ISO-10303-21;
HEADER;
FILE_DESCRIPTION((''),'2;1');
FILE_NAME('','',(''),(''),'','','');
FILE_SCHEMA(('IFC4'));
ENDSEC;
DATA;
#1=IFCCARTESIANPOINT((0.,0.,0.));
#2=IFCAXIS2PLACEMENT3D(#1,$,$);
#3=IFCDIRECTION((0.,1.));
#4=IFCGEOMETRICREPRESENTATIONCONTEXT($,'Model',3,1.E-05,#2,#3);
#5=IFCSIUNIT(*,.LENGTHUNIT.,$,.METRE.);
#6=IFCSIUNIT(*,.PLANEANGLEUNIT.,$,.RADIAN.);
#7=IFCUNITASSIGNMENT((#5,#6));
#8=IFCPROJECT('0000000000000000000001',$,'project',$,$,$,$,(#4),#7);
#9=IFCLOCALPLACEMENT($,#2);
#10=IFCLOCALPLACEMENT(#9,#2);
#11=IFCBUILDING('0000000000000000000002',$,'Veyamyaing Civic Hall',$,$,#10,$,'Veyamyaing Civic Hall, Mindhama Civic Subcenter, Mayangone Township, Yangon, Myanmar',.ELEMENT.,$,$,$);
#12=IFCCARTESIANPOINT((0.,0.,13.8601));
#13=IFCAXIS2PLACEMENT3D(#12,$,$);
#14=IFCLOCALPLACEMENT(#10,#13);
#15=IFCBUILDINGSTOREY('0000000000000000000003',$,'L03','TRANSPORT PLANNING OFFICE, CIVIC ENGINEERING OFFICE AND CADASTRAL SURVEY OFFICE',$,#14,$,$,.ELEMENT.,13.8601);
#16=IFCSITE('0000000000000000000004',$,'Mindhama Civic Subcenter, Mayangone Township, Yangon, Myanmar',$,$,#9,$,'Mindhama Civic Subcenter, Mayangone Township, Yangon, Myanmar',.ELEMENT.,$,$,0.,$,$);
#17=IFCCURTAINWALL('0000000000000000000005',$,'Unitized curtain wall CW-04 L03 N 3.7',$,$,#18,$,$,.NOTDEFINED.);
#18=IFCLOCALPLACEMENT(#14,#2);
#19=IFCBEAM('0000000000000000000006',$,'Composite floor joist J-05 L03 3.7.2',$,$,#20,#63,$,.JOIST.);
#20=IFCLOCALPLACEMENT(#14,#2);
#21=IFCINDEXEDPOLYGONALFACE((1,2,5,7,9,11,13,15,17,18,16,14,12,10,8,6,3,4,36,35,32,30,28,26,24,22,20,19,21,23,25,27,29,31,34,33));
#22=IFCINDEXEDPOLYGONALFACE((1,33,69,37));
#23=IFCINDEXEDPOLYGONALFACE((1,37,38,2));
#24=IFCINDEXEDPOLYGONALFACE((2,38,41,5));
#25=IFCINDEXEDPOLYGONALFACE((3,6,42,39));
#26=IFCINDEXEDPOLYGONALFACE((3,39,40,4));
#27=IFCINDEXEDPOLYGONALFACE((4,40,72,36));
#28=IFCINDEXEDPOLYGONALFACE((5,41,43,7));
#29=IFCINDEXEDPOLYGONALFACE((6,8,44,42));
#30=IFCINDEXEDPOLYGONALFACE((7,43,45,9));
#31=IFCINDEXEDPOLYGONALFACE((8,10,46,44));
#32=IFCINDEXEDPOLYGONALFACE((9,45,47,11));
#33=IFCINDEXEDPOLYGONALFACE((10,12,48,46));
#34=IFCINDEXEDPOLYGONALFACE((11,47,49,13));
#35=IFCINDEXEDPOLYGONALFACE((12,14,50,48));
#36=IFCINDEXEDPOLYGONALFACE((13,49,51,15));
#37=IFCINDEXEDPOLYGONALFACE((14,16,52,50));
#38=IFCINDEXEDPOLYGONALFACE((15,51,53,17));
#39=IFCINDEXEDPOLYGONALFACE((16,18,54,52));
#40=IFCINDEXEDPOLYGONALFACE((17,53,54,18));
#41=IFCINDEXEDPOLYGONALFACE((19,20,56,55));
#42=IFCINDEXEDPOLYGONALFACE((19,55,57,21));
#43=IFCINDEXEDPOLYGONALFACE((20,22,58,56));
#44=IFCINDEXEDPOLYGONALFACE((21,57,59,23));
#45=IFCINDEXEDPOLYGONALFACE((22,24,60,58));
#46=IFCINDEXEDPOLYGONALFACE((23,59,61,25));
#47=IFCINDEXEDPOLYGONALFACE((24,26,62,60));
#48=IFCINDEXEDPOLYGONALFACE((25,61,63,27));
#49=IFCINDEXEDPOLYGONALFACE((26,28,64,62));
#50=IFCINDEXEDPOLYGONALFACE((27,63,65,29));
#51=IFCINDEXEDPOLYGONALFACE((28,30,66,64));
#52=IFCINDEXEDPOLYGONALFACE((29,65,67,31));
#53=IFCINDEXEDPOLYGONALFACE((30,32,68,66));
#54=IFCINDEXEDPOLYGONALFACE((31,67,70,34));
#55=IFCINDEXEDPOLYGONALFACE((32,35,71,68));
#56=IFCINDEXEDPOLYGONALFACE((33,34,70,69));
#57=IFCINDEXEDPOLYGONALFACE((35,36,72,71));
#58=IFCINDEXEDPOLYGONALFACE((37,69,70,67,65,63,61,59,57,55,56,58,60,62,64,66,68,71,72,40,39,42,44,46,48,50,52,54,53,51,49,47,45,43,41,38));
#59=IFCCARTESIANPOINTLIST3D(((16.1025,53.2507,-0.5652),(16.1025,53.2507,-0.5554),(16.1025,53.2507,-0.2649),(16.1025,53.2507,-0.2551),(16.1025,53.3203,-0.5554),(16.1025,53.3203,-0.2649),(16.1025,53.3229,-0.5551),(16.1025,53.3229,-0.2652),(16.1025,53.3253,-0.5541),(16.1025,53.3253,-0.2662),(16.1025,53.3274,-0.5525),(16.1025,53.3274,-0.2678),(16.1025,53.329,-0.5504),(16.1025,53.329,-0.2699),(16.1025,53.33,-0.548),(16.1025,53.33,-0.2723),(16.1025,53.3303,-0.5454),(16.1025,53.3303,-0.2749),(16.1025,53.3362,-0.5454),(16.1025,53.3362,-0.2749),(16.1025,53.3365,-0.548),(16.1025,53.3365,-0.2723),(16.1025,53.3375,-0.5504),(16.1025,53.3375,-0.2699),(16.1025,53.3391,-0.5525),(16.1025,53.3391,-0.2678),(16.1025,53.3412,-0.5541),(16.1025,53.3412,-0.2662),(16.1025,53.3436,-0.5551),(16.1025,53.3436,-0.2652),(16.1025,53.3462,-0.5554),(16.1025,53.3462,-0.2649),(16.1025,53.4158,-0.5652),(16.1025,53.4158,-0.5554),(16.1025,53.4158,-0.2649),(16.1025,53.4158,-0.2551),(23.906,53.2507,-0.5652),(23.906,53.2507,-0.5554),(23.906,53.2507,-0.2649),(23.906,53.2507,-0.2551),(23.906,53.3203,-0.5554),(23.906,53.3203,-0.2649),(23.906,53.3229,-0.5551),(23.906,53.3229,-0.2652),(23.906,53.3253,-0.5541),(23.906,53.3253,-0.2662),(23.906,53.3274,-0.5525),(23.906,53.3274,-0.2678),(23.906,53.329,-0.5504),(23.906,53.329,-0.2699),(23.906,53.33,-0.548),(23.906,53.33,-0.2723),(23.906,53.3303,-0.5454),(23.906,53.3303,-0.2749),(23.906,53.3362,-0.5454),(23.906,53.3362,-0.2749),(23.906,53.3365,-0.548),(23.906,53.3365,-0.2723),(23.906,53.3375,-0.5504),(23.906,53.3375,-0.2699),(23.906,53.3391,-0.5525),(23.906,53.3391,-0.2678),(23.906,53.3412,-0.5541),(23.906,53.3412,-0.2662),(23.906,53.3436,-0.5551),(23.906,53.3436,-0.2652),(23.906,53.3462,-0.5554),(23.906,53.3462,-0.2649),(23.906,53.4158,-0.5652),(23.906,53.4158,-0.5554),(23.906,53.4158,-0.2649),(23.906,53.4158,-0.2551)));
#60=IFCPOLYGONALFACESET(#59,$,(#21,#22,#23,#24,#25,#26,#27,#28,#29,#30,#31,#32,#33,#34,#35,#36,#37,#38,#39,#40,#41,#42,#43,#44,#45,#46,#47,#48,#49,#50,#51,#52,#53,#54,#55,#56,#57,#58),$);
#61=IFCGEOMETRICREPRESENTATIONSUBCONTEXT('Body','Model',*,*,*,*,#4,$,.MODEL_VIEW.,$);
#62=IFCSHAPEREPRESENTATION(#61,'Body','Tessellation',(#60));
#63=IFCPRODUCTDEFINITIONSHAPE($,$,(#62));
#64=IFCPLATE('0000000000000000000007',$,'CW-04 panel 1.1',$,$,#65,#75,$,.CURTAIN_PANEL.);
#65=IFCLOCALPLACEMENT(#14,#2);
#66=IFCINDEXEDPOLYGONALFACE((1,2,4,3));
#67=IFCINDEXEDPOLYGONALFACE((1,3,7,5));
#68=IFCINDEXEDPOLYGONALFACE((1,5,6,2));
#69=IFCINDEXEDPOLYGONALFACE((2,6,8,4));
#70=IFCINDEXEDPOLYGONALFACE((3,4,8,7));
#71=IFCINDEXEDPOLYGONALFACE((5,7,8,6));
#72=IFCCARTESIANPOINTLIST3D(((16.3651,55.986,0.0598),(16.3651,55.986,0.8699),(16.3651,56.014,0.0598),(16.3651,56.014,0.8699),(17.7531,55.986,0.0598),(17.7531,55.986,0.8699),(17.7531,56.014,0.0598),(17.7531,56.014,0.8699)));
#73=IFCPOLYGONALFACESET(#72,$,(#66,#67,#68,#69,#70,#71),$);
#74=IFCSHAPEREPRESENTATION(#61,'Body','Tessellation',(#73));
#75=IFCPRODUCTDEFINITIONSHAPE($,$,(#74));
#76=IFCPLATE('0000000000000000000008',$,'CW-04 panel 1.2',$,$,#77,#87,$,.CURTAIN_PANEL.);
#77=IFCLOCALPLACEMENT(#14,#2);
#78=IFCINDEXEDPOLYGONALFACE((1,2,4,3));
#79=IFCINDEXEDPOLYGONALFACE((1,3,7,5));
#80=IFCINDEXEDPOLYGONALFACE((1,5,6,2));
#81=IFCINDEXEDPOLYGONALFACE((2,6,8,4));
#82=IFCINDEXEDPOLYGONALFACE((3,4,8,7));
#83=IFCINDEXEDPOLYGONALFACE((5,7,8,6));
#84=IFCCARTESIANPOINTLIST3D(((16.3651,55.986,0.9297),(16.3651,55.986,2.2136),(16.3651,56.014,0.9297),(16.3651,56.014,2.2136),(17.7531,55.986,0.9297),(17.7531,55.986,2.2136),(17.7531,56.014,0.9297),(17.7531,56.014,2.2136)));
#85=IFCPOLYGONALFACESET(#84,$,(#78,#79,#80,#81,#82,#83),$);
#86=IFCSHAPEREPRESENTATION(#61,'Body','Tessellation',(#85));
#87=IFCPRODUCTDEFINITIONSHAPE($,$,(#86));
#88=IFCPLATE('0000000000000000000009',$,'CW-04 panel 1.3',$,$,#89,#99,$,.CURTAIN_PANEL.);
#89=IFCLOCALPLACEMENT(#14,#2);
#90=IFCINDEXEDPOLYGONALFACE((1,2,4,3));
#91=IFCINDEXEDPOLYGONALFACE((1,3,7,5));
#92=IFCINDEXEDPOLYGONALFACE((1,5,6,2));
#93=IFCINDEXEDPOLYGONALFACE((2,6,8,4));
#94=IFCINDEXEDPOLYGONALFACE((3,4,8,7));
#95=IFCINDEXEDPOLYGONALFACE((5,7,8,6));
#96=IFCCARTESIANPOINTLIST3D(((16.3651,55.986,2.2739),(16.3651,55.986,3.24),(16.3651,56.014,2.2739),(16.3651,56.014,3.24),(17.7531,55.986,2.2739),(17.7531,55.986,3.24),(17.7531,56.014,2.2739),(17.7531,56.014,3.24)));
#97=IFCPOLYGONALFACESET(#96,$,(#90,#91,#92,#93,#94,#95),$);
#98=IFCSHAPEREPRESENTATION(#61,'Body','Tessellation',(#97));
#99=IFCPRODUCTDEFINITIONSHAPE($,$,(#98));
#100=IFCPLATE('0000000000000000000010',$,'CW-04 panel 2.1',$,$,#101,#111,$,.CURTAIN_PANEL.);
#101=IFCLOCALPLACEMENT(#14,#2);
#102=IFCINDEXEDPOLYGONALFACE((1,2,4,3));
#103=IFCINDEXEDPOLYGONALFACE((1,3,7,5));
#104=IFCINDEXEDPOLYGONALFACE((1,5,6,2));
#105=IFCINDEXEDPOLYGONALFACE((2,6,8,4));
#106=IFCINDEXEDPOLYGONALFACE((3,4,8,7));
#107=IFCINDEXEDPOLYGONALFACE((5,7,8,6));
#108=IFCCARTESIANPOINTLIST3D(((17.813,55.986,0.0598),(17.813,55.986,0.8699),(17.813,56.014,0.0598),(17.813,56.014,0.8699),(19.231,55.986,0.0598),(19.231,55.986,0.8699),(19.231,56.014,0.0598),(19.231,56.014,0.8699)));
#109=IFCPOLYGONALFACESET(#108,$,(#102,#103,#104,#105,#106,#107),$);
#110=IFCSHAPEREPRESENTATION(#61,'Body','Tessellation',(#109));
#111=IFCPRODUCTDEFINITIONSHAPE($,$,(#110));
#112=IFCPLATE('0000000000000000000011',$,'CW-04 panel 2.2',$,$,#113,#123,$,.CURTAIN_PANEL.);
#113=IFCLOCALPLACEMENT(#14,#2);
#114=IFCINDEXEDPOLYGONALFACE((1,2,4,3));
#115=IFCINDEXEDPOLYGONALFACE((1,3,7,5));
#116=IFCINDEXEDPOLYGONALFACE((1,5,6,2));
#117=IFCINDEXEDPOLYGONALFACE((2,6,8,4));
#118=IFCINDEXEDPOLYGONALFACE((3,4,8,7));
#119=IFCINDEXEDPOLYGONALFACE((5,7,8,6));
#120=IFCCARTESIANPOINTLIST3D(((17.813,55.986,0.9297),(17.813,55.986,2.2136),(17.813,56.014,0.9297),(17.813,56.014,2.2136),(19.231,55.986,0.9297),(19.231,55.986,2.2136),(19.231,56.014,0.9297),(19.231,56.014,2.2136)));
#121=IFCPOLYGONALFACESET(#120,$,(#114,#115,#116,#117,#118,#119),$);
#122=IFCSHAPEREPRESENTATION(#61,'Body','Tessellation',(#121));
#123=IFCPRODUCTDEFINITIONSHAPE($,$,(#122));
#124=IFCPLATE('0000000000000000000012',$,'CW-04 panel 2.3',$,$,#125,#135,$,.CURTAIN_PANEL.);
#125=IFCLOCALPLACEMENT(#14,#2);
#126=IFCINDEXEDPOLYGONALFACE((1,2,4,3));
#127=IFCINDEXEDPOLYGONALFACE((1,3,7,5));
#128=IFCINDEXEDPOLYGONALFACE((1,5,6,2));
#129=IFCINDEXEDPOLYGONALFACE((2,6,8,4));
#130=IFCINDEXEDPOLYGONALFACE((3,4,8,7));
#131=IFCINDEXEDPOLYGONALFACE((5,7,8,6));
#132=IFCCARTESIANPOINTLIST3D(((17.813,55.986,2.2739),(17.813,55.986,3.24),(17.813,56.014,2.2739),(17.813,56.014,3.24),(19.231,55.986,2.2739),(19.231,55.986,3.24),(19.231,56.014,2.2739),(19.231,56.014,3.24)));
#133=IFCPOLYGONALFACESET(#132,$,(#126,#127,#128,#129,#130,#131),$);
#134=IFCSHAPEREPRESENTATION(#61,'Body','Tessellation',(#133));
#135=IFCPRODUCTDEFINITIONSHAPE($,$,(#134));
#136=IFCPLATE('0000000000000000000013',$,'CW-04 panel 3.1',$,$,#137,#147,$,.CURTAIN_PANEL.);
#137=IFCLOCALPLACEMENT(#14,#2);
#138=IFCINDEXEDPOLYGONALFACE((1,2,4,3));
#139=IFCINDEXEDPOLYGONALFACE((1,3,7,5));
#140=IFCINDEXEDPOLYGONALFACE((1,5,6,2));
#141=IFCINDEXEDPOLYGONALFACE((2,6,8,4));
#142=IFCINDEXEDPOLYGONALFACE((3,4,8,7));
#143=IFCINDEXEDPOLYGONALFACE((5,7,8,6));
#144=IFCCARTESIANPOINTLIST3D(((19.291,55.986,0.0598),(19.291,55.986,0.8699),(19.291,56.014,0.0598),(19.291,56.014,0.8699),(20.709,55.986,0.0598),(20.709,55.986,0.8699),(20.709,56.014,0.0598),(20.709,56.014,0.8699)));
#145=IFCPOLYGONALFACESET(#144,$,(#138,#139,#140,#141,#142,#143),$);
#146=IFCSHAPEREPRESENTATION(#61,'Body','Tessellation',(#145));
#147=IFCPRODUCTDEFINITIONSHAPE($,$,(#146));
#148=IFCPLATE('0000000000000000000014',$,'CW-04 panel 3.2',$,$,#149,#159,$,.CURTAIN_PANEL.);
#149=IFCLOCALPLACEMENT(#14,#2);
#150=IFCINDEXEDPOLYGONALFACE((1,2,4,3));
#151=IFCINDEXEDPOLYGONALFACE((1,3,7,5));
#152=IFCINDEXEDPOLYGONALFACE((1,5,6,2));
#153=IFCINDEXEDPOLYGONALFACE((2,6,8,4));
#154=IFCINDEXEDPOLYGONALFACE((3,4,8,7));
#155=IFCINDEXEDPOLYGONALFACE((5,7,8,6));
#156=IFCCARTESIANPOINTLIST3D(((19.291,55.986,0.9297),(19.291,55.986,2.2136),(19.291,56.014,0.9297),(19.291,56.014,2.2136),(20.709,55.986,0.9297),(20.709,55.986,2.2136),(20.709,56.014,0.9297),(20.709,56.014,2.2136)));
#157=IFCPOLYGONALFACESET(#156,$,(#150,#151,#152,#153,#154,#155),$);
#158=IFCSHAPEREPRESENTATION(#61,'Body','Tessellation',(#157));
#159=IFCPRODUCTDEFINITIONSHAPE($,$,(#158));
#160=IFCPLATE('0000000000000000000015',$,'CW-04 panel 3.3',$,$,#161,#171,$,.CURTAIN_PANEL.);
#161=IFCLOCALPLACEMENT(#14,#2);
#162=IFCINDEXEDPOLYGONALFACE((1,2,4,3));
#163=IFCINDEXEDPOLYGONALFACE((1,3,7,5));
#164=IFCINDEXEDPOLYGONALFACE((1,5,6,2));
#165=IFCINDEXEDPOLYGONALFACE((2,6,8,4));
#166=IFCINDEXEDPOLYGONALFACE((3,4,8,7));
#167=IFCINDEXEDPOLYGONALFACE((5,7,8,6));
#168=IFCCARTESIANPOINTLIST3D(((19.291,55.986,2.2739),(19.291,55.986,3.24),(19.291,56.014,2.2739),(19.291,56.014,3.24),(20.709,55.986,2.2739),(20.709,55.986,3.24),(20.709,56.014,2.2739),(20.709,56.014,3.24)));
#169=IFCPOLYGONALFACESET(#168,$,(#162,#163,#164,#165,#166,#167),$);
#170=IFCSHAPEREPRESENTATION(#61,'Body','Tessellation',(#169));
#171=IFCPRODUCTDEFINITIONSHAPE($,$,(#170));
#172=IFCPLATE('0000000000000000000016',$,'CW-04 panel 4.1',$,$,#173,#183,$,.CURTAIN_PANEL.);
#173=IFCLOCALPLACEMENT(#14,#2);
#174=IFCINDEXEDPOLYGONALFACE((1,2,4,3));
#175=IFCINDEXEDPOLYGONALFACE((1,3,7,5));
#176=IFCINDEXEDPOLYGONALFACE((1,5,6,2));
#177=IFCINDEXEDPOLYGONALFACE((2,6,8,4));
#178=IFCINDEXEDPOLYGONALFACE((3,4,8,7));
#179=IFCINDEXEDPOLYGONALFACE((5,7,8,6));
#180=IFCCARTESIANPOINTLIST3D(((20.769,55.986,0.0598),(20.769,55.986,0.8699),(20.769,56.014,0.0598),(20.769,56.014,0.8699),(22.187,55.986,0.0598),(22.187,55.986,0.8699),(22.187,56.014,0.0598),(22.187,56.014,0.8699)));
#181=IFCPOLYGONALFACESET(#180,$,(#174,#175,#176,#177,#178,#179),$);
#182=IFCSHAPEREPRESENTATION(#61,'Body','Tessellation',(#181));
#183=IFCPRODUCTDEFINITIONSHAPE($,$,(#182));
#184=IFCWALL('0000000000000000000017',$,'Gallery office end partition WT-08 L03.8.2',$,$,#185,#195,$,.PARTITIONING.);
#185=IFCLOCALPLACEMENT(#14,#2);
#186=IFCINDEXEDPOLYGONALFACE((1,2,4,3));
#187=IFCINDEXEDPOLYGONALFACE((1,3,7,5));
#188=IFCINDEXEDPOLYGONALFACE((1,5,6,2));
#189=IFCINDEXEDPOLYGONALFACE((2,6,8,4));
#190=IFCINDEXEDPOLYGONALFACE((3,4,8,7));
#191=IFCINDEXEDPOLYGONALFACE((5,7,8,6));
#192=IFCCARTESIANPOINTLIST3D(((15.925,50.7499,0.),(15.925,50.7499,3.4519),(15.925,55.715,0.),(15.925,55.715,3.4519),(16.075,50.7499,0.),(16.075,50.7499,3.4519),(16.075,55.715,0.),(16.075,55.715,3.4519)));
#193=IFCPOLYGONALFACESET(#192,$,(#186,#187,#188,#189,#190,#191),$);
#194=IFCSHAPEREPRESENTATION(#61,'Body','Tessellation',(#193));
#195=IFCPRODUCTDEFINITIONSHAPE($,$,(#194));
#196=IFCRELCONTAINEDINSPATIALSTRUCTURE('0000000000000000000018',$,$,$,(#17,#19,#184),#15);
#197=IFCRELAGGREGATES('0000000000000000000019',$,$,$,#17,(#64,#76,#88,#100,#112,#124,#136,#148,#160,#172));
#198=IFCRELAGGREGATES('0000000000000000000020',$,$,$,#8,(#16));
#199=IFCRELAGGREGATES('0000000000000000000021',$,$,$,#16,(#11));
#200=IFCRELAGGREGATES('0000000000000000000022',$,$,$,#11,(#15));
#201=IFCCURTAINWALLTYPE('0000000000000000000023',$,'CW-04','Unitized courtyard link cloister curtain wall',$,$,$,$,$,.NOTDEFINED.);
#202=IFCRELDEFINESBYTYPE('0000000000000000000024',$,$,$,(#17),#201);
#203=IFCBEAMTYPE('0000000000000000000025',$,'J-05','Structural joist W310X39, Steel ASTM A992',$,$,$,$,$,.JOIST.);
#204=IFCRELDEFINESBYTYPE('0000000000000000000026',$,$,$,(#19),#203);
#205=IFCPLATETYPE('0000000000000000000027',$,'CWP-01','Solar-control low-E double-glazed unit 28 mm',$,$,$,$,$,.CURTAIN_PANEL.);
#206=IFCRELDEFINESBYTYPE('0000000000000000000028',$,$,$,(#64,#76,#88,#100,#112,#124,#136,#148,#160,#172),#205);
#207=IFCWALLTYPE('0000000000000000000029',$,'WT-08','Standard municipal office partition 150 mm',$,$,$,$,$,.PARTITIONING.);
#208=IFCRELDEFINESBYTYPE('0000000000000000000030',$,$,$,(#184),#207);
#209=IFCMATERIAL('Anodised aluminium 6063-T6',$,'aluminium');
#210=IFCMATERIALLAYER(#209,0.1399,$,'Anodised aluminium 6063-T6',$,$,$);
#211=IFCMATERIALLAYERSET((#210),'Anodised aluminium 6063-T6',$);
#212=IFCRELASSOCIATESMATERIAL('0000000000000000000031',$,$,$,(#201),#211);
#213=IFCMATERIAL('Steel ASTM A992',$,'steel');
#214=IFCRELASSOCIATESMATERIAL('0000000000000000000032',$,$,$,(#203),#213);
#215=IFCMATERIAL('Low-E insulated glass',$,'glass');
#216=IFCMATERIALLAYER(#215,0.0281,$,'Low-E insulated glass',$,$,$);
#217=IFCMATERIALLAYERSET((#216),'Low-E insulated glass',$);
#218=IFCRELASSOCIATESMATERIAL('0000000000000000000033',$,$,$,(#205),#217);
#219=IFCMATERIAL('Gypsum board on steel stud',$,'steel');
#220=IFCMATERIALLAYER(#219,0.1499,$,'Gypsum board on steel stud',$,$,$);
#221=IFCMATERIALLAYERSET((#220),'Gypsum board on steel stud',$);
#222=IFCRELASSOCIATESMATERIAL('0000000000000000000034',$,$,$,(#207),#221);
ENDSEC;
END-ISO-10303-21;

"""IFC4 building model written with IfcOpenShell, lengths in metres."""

from ifc_helpers import new_model, si_unit, direction, frame, frame_2d, origin, origin_2d, place, context, subcontext, project, spatial, rectangle, i_section, extrude, material, layer, layer_set, material_profile, profile_set, type_object, element, aggregate, save


model = new_model("IFC4")

# Units and contexts
model_context = context("Model", 3, precision=1e-05, world=origin(), true_north=direction((0.0, 1.0)))
body_context = subcontext(model_context, "Body", "Model", "MODEL_VIEW")
ifc_project = project(units=[si_unit("LENGTHUNIT", "METRE"), si_unit("PLANEANGLEUNIT", "RADIAN")], contexts=[model_context])

# Site, building, storey
site_placement = place(None, origin())
site = spatial("IfcSite", under=ifc_project, at=site_placement, Name="Mindhama Civic Subcenter, Mayangone Township, Yangon, Myanmar", LongName="Mindhama Civic Subcenter, Mayangone Township, Yangon, Myanmar", CompositionType="ELEMENT", RefElevation=0.0)
building_placement = place(site_placement, origin())
building = spatial("IfcBuilding", under=site, at=building_placement, Name="Veyamyaing Civic Hall", LongName="Veyamyaing Civic Hall, Mindhama Civic Subcenter, Mayangone Township, Yangon, Myanmar", CompositionType="ELEMENT")
storey_placement = place(building_placement, frame((0.0, 0.0, 13.8601)))
storey = spatial("IfcBuildingStorey", under=building, at=storey_placement, Name="L03", Description="TRANSPORT PLANNING OFFICE, CIVIC ENGINEERING OFFICE AND CADASTRAL SURVEY OFFICE", CompositionType="ELEMENT", Elevation=13.8601)

# Shared definitions
ifc_material_1 = material(Name="Steel ASTM A992", Category="steel")

# Curtain wall
ifc_material_2 = material(Name="Anodised aluminium 6063-T6", Category="aluminium")
ifc_layer_1 = layer(ifc_material_2, 0.1399, Name="Anodised aluminium 6063-T6")
ifc_layer_set_1 = layer_set([ifc_layer_1], Name="Anodised aluminium 6063-T6")
curtain_wall_type = type_object("IfcCurtainWallType", Name="CW-04", Description="Unitized courtyard link cloister curtain wall", PredefinedType="NOTDEFINED", material=ifc_layer_set_1)
curtain_wall_placement = place(storey_placement, origin())
curtain_wall = element("IfcCurtainWall", 1, at=curtain_wall_placement, inside=storey, type_object=curtain_wall_type, Name="Unitized curtain wall CW-04 L03 N 3.7", PredefinedType="NOTDEFINED")

# Beam
ifc_material_profile_1 = material_profile(ifc_material_1, i_section(OverallWidth=0.165, OverallDepth=0.3101, WebThickness=0.0059, FlangeThickness=0.0098, FilletRadius=0.01, at=origin_2d()), Name="W310X39")
ifc_profile_set_1 = profile_set([ifc_material_profile_1], Name="Steel ASTM A992")
beam_type_1 = type_object("IfcBeamType", Name="J-05", Description="Structural joist W310X39, Steel ASTM A992", PredefinedType="JOIST", material=ifc_profile_set_1)
for number, where, z_axis, x_axis, name in (
    (2, (16.1025, 53.3333, -0.4102), (1.0, 0.0, 0.0), (0.0, 1.0, 0.0), "Composite floor joist J-05 L03 3.7.2"),
):
    element("IfcBeam", number, at=place(storey_placement, frame(where, z_axis=z_axis, x_axis=x_axis)), inside=storey, type_object=beam_type_1, Name=name, PredefinedType="JOIST", context=body_context, shape_type="SweptSolid", body=[
        extrude(i_section(OverallWidth=0.165, OverallDepth=0.3101, WebThickness=0.0059, FlangeThickness=0.0098, FilletRadius=0.01, at=origin_2d()), origin(), (0.0, 0.0, 1.0), 7.8035),
    ])

# Plates
ifc_material_3 = material(Name="Low-E insulated glass", Category="glass")
ifc_layer_2 = layer(ifc_material_3, 0.0281, Name="Low-E insulated glass")
ifc_layer_set_2 = layer_set([ifc_layer_2], Name="Low-E insulated glass")
plate_type = type_object("IfcPlateType", Name="CWP-01", Description="Solar-control low-E double-glazed unit 28 mm", PredefinedType="CURTAIN_PANEL", material=ifc_layer_set_2)
plate_1_placement = place(storey_placement, frame((17.0591, 56.0, 0.0598), z_axis=(0.0, 0.0, 1.0), x_axis=(1.0, 0.0, 0.0)))
plate_1 = element("IfcPlate", 3, at=plate_1_placement, type_object=plate_type, Name="CW-04 panel 1.1", PredefinedType="CURTAIN_PANEL", context=body_context, shape_type="SweptSolid", body=[
    extrude(rectangle(XDim=1.3879, YDim=0.0281, at=origin_2d()), origin(), (0.0, 0.0, 1.0), 0.8101),
])
plate_2_placement = place(storey_placement, frame((17.0591, 56.0, 0.9297), z_axis=(0.0, 0.0, 1.0), x_axis=(1.0, 0.0, 0.0)))
plate_2 = element("IfcPlate", 4, at=plate_2_placement, type_object=plate_type, Name="CW-04 panel 1.2", PredefinedType="CURTAIN_PANEL", context=body_context, shape_type="SweptSolid", body=[
    extrude(rectangle(XDim=1.3879, YDim=0.0281, at=origin_2d()), origin(), (0.0, 0.0, 1.0), 1.2839),
])
plate_3_placement = place(storey_placement, frame((17.0591, 56.0, 2.2739), z_axis=(0.0, 0.0, 1.0), x_axis=(1.0, 0.0, 0.0)))
plate_3 = element("IfcPlate", 5, at=plate_3_placement, type_object=plate_type, Name="CW-04 panel 1.3", PredefinedType="CURTAIN_PANEL", context=body_context, shape_type="SweptSolid", body=[
    extrude(rectangle(XDim=1.3879, YDim=0.0281, at=origin_2d()), origin(), (0.0, 0.0, 1.0), 0.9661),
])
plate_4_placement = place(storey_placement, frame((18.522, 56.0, 0.0598), z_axis=(0.0, 0.0, 1.0), x_axis=(1.0, 0.0, 0.0)))
plate_4 = element("IfcPlate", 6, at=plate_4_placement, type_object=plate_type, Name="CW-04 panel 2.1", PredefinedType="CURTAIN_PANEL", context=body_context, shape_type="SweptSolid", body=[
    extrude(rectangle(XDim=1.418, YDim=0.0281, at=origin_2d()), origin(), (0.0, 0.0, 1.0), 0.8101),
])
plate_5_placement = place(storey_placement, frame((18.522, 56.0, 0.9297), z_axis=(0.0, 0.0, 1.0), x_axis=(1.0, 0.0, 0.0)))
plate_5 = element("IfcPlate", 7, at=plate_5_placement, type_object=plate_type, Name="CW-04 panel 2.2", PredefinedType="CURTAIN_PANEL", context=body_context, shape_type="SweptSolid", body=[
    extrude(rectangle(XDim=1.418, YDim=0.0281, at=origin_2d()), origin(), (0.0, 0.0, 1.0), 1.2839),
])
plate_6_placement = place(storey_placement, frame((18.522, 56.0, 2.2739), z_axis=(0.0, 0.0, 1.0), x_axis=(1.0, 0.0, 0.0)))
plate_6 = element("IfcPlate", 8, at=plate_6_placement, type_object=plate_type, Name="CW-04 panel 2.3", PredefinedType="CURTAIN_PANEL", context=body_context, shape_type="SweptSolid", body=[
    extrude(rectangle(XDim=1.418, YDim=0.0281, at=origin_2d()), origin(), (0.0, 0.0, 1.0), 0.9661),
])
plate_7_placement = place(storey_placement, frame((20.0, 56.0, 0.0598), z_axis=(0.0, 0.0, 1.0), x_axis=(1.0, 0.0, 0.0)))
plate_7 = element("IfcPlate", 9, at=plate_7_placement, type_object=plate_type, Name="CW-04 panel 3.1", PredefinedType="CURTAIN_PANEL", context=body_context, shape_type="SweptSolid", body=[
    extrude(rectangle(XDim=1.418, YDim=0.0281, at=origin_2d()), origin(), (0.0, 0.0, 1.0), 0.8101),
])
plate_8_placement = place(storey_placement, frame((20.0, 56.0, 0.9297), z_axis=(0.0, 0.0, 1.0), x_axis=(1.0, 0.0, 0.0)))
plate_8 = element("IfcPlate", 10, at=plate_8_placement, type_object=plate_type, Name="CW-04 panel 3.2", PredefinedType="CURTAIN_PANEL", context=body_context, shape_type="SweptSolid", body=[
    extrude(rectangle(XDim=1.418, YDim=0.0281, at=origin_2d()), origin(), (0.0, 0.0, 1.0), 1.2839),
])
plate_9_placement = place(storey_placement, frame((20.0, 56.0, 2.2739), z_axis=(0.0, 0.0, 1.0), x_axis=(1.0, 0.0, 0.0)))
plate_9 = element("IfcPlate", 11, at=plate_9_placement, type_object=plate_type, Name="CW-04 panel 3.3", PredefinedType="CURTAIN_PANEL", context=body_context, shape_type="SweptSolid", body=[
    extrude(rectangle(XDim=1.418, YDim=0.0281, at=origin_2d()), origin(), (0.0, 0.0, 1.0), 0.9661),
])
plate_10_placement = place(storey_placement, frame((21.478, 56.0, 0.0598), z_axis=(0.0, 0.0, 1.0), x_axis=(1.0, 0.0, 0.0)))
plate_10 = element("IfcPlate", 12, at=plate_10_placement, type_object=plate_type, Name="CW-04 panel 4.1", PredefinedType="CURTAIN_PANEL", context=body_context, shape_type="SweptSolid", body=[
    extrude(rectangle(XDim=1.418, YDim=0.0281, at=origin_2d()), origin(), (0.0, 0.0, 1.0), 0.8101),
])
aggregate(curtain_wall, [plate_1, plate_2, plate_3, plate_4, plate_5, plate_6, plate_7, plate_8, plate_9, plate_10])

# Wall
ifc_material_4 = material(Name="Gypsum board on steel stud", Category="steel")
ifc_layer_3 = layer(ifc_material_4, 0.1499, Name="Gypsum board on steel stud")
ifc_layer_set_3 = layer_set([ifc_layer_3], Name="Gypsum board on steel stud")
wall_type_1 = type_object("IfcWallType", Name="WT-08", Description="Standard municipal office partition 150 mm", PredefinedType="PARTITIONING", material=ifc_layer_set_3)
wall_1_placement = place(storey_placement, frame((16.0, 50.75, 0.0), z_axis=(0.0, 0.0, 1.0), x_axis=(0.0, 1.0, 0.0)))
element("IfcWall", 13, at=wall_1_placement, inside=storey, type_object=wall_type_1, Name="Gallery office end partition WT-08 L03.8.2", PredefinedType="PARTITIONING", context=body_context, shape_type="SweptSolid", body=[
    extrude(rectangle(XDim=4.9651, YDim=0.1499, at=frame_2d((2.4824, 0.0))), origin(), (0.0, 0.0, 1.0), 3.4519),
])

save(model, "model.ifc")
